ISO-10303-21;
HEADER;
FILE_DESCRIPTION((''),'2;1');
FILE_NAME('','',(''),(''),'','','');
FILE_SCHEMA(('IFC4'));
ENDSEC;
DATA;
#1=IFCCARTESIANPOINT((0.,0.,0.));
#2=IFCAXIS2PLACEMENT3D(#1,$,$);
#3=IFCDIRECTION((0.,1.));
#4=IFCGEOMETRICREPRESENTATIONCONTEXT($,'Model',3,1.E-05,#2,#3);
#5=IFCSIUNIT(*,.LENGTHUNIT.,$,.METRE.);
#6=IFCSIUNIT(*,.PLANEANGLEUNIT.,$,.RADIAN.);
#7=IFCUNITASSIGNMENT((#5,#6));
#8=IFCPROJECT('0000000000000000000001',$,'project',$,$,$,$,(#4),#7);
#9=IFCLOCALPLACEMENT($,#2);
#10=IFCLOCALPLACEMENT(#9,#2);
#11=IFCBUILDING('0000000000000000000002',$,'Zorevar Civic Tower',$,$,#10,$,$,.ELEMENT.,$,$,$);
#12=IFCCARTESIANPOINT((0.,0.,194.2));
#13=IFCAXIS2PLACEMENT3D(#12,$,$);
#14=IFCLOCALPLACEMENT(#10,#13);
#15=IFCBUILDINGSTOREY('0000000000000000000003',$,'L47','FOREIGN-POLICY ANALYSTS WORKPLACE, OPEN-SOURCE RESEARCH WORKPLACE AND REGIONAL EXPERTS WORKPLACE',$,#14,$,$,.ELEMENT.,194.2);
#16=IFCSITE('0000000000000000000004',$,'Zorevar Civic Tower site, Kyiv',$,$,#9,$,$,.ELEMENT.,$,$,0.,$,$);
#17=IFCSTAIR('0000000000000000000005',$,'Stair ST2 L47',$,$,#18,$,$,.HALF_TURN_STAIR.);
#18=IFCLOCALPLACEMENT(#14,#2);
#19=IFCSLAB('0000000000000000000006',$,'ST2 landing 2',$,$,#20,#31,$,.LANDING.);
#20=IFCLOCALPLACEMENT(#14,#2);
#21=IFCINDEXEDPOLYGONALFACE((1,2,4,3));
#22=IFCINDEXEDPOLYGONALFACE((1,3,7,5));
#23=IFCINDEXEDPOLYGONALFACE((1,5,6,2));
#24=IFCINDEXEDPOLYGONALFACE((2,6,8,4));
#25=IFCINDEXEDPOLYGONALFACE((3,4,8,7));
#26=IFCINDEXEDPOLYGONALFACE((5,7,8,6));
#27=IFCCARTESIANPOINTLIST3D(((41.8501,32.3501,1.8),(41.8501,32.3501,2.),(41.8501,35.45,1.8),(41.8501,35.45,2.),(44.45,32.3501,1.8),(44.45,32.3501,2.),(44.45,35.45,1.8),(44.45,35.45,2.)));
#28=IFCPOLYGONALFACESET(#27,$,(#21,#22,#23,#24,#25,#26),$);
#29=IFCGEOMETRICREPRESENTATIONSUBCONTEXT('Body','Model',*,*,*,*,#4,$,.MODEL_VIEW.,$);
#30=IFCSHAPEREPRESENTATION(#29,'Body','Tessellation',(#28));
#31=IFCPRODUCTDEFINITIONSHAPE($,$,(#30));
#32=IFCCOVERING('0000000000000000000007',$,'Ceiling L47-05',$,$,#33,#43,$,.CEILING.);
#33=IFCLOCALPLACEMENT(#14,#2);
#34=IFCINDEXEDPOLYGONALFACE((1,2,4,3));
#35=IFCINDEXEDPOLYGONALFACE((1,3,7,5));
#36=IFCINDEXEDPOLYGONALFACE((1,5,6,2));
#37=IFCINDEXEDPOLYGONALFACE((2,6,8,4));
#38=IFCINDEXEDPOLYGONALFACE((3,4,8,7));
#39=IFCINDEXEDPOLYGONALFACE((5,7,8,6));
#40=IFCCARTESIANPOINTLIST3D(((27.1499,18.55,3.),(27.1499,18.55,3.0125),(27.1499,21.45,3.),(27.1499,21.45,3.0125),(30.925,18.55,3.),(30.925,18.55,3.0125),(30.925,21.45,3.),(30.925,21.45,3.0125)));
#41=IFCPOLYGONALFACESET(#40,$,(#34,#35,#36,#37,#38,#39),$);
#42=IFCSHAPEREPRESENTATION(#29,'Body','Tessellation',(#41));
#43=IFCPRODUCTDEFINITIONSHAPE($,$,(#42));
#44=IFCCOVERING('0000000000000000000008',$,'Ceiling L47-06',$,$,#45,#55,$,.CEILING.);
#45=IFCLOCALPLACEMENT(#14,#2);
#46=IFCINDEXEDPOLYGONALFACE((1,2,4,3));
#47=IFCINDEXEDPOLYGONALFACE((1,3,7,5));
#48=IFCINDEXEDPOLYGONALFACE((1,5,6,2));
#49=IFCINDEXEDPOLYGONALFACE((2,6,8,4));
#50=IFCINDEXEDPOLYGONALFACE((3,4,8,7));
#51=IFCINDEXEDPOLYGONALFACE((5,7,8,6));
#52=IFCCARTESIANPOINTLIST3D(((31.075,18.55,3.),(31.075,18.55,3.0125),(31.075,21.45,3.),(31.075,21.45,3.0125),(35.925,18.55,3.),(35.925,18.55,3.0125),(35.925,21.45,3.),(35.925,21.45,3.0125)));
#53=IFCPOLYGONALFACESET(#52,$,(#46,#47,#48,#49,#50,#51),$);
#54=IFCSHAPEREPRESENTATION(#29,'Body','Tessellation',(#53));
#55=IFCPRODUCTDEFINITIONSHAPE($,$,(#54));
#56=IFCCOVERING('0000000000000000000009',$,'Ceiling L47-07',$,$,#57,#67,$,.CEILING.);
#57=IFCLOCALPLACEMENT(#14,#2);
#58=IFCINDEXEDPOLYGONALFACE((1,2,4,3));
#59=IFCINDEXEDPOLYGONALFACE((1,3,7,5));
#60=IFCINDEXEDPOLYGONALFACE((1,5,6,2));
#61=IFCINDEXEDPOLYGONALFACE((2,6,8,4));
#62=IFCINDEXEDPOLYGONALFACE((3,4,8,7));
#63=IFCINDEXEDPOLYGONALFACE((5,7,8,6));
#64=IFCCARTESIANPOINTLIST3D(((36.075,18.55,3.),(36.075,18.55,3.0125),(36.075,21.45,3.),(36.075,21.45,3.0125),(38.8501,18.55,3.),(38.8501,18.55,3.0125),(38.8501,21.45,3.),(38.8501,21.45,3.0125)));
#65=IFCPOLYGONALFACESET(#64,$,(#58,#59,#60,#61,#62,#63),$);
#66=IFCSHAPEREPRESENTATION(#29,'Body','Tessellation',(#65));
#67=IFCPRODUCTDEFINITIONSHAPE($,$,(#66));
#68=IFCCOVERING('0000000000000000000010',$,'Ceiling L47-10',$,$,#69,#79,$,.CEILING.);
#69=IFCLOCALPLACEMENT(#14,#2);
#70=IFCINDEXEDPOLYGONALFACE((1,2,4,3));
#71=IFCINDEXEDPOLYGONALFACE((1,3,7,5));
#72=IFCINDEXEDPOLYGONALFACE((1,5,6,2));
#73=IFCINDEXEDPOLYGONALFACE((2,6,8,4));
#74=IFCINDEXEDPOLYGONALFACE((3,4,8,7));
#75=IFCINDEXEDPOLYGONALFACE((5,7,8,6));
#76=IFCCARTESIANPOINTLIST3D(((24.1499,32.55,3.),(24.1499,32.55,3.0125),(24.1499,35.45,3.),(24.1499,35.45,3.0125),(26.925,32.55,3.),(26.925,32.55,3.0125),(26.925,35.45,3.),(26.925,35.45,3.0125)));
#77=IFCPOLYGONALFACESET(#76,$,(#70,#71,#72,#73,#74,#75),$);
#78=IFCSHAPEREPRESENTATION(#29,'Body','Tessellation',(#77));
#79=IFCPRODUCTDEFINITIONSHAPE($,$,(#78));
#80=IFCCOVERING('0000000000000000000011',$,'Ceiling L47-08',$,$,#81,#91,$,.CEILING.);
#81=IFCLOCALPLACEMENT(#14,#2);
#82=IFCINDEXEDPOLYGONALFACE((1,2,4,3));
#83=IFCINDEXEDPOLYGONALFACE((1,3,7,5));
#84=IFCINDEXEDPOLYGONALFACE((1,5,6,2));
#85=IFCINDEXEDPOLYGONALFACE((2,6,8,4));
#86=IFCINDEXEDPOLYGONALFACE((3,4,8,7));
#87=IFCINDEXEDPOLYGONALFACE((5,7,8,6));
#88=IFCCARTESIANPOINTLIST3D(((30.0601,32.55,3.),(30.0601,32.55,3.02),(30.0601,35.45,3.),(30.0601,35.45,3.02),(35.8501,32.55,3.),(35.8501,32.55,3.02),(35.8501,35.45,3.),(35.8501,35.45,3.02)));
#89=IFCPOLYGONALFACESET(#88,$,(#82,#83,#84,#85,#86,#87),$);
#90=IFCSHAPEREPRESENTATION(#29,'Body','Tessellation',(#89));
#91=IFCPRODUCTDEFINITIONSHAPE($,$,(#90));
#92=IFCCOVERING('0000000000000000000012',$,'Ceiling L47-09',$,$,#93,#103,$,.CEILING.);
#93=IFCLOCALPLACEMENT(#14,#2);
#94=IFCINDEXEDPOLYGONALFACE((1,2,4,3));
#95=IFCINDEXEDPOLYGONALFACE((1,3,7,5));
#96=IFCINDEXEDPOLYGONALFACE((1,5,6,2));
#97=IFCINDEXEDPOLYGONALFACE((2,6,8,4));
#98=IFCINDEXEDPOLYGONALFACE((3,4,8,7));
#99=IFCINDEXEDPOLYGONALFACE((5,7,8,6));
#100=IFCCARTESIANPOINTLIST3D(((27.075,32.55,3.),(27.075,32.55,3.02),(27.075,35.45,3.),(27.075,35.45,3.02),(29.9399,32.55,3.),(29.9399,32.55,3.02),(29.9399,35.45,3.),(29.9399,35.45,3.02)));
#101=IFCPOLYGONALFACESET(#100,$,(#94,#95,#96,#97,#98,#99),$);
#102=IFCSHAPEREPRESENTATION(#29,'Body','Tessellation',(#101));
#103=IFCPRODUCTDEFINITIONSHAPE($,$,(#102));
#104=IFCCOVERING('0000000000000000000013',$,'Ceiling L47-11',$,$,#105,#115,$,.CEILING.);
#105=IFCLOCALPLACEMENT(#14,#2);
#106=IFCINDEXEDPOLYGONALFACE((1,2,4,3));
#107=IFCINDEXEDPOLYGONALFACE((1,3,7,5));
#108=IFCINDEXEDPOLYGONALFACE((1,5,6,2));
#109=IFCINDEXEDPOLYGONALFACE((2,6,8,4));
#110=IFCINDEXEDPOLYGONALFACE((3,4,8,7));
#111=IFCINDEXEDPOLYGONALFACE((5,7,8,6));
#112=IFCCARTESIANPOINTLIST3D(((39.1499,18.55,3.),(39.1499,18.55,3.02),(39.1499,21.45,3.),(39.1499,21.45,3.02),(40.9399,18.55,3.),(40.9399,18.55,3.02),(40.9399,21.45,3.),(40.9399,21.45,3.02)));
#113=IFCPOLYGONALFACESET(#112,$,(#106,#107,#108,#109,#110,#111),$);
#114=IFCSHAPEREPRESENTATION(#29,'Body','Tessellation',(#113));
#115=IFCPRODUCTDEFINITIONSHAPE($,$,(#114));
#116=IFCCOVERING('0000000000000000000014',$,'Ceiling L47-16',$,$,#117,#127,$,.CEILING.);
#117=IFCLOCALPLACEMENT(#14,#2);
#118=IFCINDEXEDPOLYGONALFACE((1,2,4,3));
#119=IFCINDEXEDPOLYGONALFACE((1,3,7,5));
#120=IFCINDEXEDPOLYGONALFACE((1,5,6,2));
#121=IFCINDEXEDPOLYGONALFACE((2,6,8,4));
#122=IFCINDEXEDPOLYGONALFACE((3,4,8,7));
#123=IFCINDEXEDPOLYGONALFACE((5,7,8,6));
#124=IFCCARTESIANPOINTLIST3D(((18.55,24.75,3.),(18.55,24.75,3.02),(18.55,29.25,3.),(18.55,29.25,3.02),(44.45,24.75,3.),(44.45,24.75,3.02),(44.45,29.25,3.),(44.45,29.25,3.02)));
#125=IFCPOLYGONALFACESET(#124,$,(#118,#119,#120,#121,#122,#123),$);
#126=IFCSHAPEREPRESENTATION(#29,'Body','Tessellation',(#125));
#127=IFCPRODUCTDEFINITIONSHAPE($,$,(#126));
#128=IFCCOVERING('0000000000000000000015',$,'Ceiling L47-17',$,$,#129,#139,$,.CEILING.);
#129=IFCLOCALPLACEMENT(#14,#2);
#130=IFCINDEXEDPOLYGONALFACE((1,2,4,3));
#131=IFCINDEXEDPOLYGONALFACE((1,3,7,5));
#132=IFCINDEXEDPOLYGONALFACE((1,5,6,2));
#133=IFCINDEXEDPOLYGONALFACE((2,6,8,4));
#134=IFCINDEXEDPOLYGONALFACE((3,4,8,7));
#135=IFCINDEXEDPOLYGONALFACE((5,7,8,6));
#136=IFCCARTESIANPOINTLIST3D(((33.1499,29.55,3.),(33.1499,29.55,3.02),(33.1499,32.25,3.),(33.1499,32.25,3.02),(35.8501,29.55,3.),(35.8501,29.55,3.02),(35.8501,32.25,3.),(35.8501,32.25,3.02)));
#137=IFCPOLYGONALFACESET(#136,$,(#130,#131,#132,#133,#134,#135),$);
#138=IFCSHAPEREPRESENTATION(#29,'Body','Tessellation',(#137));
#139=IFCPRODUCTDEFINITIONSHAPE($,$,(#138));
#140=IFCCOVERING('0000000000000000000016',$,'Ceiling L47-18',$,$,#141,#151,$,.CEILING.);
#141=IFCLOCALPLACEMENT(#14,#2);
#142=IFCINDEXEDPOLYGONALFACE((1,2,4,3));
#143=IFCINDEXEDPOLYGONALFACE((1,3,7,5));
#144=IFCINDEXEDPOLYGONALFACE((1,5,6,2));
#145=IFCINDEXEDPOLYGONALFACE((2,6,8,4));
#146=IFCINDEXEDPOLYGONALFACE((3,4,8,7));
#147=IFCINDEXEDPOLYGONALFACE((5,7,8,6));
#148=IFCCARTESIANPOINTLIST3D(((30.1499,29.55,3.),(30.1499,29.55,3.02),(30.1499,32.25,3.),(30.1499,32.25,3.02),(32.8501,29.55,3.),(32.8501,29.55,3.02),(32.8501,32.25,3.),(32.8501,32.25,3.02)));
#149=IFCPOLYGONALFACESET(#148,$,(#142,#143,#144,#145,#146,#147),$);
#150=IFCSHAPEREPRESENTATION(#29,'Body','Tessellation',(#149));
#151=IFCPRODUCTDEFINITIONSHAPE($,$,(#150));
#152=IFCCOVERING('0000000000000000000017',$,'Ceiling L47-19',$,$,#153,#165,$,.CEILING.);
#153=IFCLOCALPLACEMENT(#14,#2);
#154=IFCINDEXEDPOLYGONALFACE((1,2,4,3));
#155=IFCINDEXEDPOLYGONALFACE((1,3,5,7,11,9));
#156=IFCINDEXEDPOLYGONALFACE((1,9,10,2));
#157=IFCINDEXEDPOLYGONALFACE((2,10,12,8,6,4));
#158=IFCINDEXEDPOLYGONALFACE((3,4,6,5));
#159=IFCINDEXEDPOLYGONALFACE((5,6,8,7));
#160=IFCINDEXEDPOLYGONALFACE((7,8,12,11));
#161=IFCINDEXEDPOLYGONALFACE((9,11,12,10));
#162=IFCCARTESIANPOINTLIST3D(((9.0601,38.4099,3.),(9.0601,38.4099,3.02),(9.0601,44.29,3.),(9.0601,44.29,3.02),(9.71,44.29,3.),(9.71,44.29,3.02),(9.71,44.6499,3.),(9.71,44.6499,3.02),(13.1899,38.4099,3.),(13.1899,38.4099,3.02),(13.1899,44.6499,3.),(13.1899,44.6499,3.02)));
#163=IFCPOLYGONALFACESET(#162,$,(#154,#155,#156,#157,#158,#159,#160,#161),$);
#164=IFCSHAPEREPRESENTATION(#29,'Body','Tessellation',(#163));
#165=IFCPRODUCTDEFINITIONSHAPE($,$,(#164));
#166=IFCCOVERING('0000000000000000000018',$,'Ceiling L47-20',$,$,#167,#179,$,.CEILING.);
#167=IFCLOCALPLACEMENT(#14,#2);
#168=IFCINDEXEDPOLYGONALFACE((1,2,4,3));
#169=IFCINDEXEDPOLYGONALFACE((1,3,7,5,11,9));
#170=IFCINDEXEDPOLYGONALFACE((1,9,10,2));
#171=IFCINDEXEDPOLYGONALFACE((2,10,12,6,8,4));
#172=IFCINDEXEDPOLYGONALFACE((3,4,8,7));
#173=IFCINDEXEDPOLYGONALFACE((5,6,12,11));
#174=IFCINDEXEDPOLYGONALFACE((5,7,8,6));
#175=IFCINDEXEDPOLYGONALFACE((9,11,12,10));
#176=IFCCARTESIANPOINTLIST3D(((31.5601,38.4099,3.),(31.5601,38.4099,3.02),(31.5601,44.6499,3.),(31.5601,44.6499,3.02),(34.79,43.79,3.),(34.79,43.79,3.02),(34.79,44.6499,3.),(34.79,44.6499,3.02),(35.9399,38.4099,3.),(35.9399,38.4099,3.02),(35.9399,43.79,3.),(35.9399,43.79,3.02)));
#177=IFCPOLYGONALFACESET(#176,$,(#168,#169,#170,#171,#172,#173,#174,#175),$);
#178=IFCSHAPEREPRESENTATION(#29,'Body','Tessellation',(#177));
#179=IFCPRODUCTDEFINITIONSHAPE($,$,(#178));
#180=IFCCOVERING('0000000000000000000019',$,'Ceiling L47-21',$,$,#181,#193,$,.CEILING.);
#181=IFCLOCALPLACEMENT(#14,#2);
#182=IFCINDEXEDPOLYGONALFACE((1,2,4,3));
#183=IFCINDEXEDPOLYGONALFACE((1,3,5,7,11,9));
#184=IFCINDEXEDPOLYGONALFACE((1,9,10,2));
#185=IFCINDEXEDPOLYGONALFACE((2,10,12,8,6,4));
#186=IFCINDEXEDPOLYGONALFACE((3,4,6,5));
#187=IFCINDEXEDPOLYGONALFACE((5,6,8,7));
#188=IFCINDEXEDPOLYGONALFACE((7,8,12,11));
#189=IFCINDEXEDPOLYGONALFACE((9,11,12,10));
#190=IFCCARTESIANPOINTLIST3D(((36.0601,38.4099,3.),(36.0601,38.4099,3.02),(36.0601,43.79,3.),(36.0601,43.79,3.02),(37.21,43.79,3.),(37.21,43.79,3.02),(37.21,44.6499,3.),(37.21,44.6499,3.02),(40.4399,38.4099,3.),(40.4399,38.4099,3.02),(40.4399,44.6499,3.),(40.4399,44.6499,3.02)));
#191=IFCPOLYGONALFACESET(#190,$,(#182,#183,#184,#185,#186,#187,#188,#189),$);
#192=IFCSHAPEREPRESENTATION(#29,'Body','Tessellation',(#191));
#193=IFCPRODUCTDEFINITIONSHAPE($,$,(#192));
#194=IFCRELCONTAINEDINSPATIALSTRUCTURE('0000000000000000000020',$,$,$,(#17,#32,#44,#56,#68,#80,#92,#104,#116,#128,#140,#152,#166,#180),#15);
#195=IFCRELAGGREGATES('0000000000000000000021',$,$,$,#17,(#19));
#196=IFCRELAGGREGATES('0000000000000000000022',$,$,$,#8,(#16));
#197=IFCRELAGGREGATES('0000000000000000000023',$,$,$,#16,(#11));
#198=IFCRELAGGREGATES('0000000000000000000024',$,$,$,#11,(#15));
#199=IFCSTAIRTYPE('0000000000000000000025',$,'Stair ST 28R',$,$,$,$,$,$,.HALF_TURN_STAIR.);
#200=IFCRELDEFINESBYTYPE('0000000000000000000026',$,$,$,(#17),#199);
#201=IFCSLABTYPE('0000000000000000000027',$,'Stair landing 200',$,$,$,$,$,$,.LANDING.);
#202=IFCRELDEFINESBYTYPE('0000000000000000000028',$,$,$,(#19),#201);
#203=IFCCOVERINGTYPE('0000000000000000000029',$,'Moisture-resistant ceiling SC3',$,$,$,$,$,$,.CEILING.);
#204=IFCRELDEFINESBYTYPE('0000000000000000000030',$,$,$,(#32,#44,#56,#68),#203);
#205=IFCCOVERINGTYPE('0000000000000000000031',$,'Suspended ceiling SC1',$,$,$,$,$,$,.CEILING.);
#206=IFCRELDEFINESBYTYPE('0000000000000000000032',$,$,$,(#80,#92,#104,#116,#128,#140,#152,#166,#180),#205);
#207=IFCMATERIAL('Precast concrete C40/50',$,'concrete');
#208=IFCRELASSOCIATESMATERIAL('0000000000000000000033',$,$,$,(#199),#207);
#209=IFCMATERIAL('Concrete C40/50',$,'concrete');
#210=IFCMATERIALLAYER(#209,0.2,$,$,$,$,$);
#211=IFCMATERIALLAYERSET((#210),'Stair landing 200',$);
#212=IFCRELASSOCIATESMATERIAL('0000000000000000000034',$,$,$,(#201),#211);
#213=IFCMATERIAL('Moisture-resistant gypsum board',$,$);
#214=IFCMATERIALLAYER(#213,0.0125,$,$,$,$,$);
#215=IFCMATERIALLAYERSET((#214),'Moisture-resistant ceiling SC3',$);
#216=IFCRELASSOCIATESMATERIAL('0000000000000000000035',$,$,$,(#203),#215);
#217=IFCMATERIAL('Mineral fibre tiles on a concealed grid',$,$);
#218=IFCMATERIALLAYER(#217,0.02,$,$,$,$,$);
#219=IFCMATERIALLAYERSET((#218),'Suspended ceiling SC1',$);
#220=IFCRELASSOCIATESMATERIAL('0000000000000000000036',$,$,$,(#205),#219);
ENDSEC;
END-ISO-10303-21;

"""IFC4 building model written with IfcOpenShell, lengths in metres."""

from ifc_helpers import new_model, si_unit, direction, frame, origin, place, context, subcontext, project, spatial, polyline, outline, extrude, material, layer, layer_set, type_object, element, aggregate, save


model = new_model("IFC4")

# Units and contexts
model_context = context("Model", 3, precision=1e-05, world=origin(), true_north=direction((0.0, 1.0)))
body_context = subcontext(model_context, "Body", "Model", "MODEL_VIEW")
ifc_project = project(units=[si_unit("LENGTHUNIT", "METRE"), si_unit("PLANEANGLEUNIT", "RADIAN")], contexts=[model_context])

# Site, building, storey
site_placement = place(None, origin())
site = spatial("IfcSite", under=ifc_project, at=site_placement, Name="Zorevar Civic Tower site, Kyiv", CompositionType="ELEMENT", RefElevation=0.0)
building_placement = place(site_placement, origin())
building = spatial("IfcBuilding", under=site, at=building_placement, Name="Zorevar Civic Tower", CompositionType="ELEMENT")
storey_placement = place(building_placement, frame((0.0, 0.0, 194.2)))
storey = spatial("IfcBuildingStorey", under=building, at=storey_placement, Name="L47", Description="FOREIGN-POLICY ANALYSTS WORKPLACE, OPEN-SOURCE RESEARCH WORKPLACE AND REGIONAL EXPERTS WORKPLACE", CompositionType="ELEMENT", Elevation=194.2)

# Stair, slab
ifc_material_1 = material(Name="Precast concrete C40/50", Category="concrete")
stair_type = type_object("IfcStairType", Name="Stair ST 28R", PredefinedType="HALF_TURN_STAIR", material=ifc_material_1)
ifc_material_2 = material(Name="Concrete C40/50", Category="concrete")
ifc_layer_1 = layer(ifc_material_2, 0.2)
ifc_layer_set_1 = layer_set([ifc_layer_1], Name="Stair landing 200")
slab_type_1 = type_object("IfcSlabType", Name="Stair landing 200", PredefinedType="LANDING", material=ifc_layer_set_1)
stair_1_placement = place(storey_placement, origin())
stair_1 = element("IfcStair", 1, at=stair_1_placement, inside=storey, type_object=stair_type, Name="Stair ST2 L47", PredefinedType="HALF_TURN_STAIR")
slab_1_placement = place(storey_placement, frame((0.0, 0.0, 1.8)))
slab_1 = element("IfcSlab", 2, at=slab_1_placement, type_object=slab_type_1, Name="ST2 landing 2", PredefinedType="LANDING", context=body_context, shape_type="SweptSolid", body=[
    extrude(outline(polyline([(44.45, 32.3501), (41.8501, 32.3501), (41.8501, 35.45), (44.45, 35.45), (44.45, 32.3501)])), origin(), (0.0, 0.0, 1.0), 0.2),
])
aggregate(stair_1, [slab_1])

# Coverings
ifc_material_3 = material(Name="Moisture-resistant gypsum board")
ifc_layer_2 = layer(ifc_material_3, 0.0125)
ifc_layer_set_2 = layer_set([ifc_layer_2], Name="Moisture-resistant ceiling SC3")
covering_type_1 = type_object("IfcCoveringType", Name="Moisture-resistant ceiling SC3", PredefinedType="CEILING", material=ifc_layer_set_2)
covering_1_placement = place(storey_placement, frame((0.0, 0.0, 3.0)))
element("IfcCovering", 3, at=covering_1_placement, inside=storey, type_object=covering_type_1, Name="Ceiling L47-05", PredefinedType="CEILING", context=body_context, shape_type="SweptSolid", body=[
    extrude(outline(polyline([(30.925, 18.55), (30.925, 21.45), (27.1499, 21.45), (27.1499, 18.55), (30.925, 18.55)])), origin(), (0.0, 0.0, 1.0), 0.0125),
])
covering_2_placement = place(storey_placement, frame((0.0, 0.0, 3.0)))
element("IfcCovering", 4, at=covering_2_placement, inside=storey, type_object=covering_type_1, Name="Ceiling L47-06", PredefinedType="CEILING", context=body_context, shape_type="SweptSolid", body=[
    extrude(outline(polyline([(35.925, 18.55), (35.925, 21.45), (31.075, 21.45), (31.075, 18.55), (35.925, 18.55)])), origin(), (0.0, 0.0, 1.0), 0.0125),
])
covering_3_placement = place(storey_placement, frame((0.0, 0.0, 3.0)))
element("IfcCovering", 5, at=covering_3_placement, inside=storey, type_object=covering_type_1, Name="Ceiling L47-07", PredefinedType="CEILING", context=body_context, shape_type="SweptSolid", body=[
    extrude(outline(polyline([(38.8501, 18.55), (38.8501, 21.45), (36.075, 21.45), (36.075, 18.55), (38.8501, 18.55)])), origin(), (0.0, 0.0, 1.0), 0.0125),
])
covering_4_placement = place(storey_placement, frame((0.0, 0.0, 3.0)))
element("IfcCovering", 6, at=covering_4_placement, inside=storey, type_object=covering_type_1, Name="Ceiling L47-10", PredefinedType="CEILING", context=body_context, shape_type="SweptSolid", body=[
    extrude(outline(polyline([(26.925, 32.55), (26.925, 35.45), (24.1499, 35.45), (24.1499, 32.55), (26.925, 32.55)])), origin(), (0.0, 0.0, 1.0), 0.0125),
])
ifc_material_4 = material(Name="Mineral fibre tiles on a concealed grid")
ifc_layer_3 = layer(ifc_material_4, 0.02)
ifc_layer_set_3 = layer_set([ifc_layer_3], Name="Suspended ceiling SC1")
covering_type_2 = type_object("IfcCoveringType", Name="Suspended ceiling SC1", PredefinedType="CEILING", material=ifc_layer_set_3)
covering_5_placement = place(storey_placement, frame((0.0, 0.0, 3.0)))
element("IfcCovering", 7, at=covering_5_placement, inside=storey, type_object=covering_type_2, Name="Ceiling L47-08", PredefinedType="CEILING", context=body_context, shape_type="SweptSolid", body=[
    extrude(outline(polyline([(35.8501, 32.55), (35.8501, 35.45), (30.0601, 35.45), (30.0601, 32.55), (35.8501, 32.55)])), origin(), (0.0, 0.0, 1.0), 0.02),
])
covering_6_placement = place(storey_placement, frame((0.0, 0.0, 3.0)))
element("IfcCovering", 8, at=covering_6_placement, inside=storey, type_object=covering_type_2, Name="Ceiling L47-09", PredefinedType="CEILING", context=body_context, shape_type="SweptSolid", body=[
    extrude(outline(polyline([(29.9399, 32.55), (29.9399, 35.45), (27.075, 35.45), (27.075, 32.55), (29.9399, 32.55)])), origin(), (0.0, 0.0, 1.0), 0.02),
])
covering_7_placement = place(storey_placement, frame((0.0, 0.0, 3.0)))
element("IfcCovering", 9, at=covering_7_placement, inside=storey, type_object=covering_type_2, Name="Ceiling L47-11", PredefinedType="CEILING", context=body_context, shape_type="SweptSolid", body=[
    extrude(outline(polyline([(40.9399, 18.55), (40.9399, 21.45), (39.1499, 21.45), (39.1499, 18.55), (40.9399, 18.55)])), origin(), (0.0, 0.0, 1.0), 0.02),
])
covering_8_placement = place(storey_placement, frame((0.0, 0.0, 3.0)))
element("IfcCovering", 10, at=covering_8_placement, inside=storey, type_object=covering_type_2, Name="Ceiling L47-16", PredefinedType="CEILING", context=body_context, shape_type="SweptSolid", body=[
    extrude(outline(polyline([(44.45, 24.75), (44.45, 29.25), (18.55, 29.25), (18.55, 24.75), (44.45, 24.75)])), origin(), (0.0, 0.0, 1.0), 0.02),
])
covering_9_placement = place(storey_placement, frame((0.0, 0.0, 3.0)))
element("IfcCovering", 11, at=covering_9_placement, inside=storey, type_object=covering_type_2, Name="Ceiling L47-17", PredefinedType="CEILING", context=body_context, shape_type="SweptSolid", body=[
    extrude(outline(polyline([(35.8501, 29.55), (35.8501, 32.25), (33.1499, 32.25), (33.1499, 29.55), (35.8501, 29.55)])), origin(), (0.0, 0.0, 1.0), 0.02),
])
covering_10_placement = place(storey_placement, frame((0.0, 0.0, 3.0)))
element("IfcCovering", 12, at=covering_10_placement, inside=storey, type_object=covering_type_2, Name="Ceiling L47-18", PredefinedType="CEILING", context=body_context, shape_type="SweptSolid", body=[
    extrude(outline(polyline([(32.8501, 29.55), (32.8501, 32.25), (30.1499, 32.25), (30.1499, 29.55), (32.8501, 29.55)])), origin(), (0.0, 0.0, 1.0), 0.02),
])
covering_11_placement = place(storey_placement, frame((0.0, 0.0, 3.0)))
element("IfcCovering", 13, at=covering_11_placement, inside=storey, type_object=covering_type_2, Name="Ceiling L47-19", PredefinedType="CEILING", context=body_context, shape_type="SweptSolid", body=[
    extrude(outline(polyline([(9.0601, 38.4099), (9.0601, 44.29), (9.71, 44.29), (9.71, 44.6499), (13.1899, 44.6499), (13.1899, 38.4099), (9.0601, 38.4099)])), origin(), (0.0, 0.0, 1.0), 0.02),
])
covering_12_placement = place(storey_placement, frame((0.0, 0.0, 3.0)))
element("IfcCovering", 14, at=covering_12_placement, inside=storey, type_object=covering_type_2, Name="Ceiling L47-20", PredefinedType="CEILING", context=body_context, shape_type="SweptSolid", body=[
    extrude(outline(polyline([(31.5601, 38.4099), (31.5601, 44.6499), (34.79, 44.6499), (34.79, 43.79), (35.9399, 43.79), (35.9399, 38.4099), (31.5601, 38.4099)])), origin(), (0.0, 0.0, 1.0), 0.02),
])
covering_13_placement = place(storey_placement, frame((0.0, 0.0, 3.0)))
element("IfcCovering", 15, at=covering_13_placement, inside=storey, type_object=covering_type_2, Name="Ceiling L47-21", PredefinedType="CEILING", context=body_context, shape_type="SweptSolid", body=[
    extrude(outline(polyline([(36.0601, 38.4099), (36.0601, 43.79), (37.21, 43.79), (37.21, 44.6499), (40.4399, 44.6499), (40.4399, 38.4099), (36.0601, 38.4099)])), origin(), (0.0, 0.0, 1.0), 0.02),
])

save(model, "model.ifc")
